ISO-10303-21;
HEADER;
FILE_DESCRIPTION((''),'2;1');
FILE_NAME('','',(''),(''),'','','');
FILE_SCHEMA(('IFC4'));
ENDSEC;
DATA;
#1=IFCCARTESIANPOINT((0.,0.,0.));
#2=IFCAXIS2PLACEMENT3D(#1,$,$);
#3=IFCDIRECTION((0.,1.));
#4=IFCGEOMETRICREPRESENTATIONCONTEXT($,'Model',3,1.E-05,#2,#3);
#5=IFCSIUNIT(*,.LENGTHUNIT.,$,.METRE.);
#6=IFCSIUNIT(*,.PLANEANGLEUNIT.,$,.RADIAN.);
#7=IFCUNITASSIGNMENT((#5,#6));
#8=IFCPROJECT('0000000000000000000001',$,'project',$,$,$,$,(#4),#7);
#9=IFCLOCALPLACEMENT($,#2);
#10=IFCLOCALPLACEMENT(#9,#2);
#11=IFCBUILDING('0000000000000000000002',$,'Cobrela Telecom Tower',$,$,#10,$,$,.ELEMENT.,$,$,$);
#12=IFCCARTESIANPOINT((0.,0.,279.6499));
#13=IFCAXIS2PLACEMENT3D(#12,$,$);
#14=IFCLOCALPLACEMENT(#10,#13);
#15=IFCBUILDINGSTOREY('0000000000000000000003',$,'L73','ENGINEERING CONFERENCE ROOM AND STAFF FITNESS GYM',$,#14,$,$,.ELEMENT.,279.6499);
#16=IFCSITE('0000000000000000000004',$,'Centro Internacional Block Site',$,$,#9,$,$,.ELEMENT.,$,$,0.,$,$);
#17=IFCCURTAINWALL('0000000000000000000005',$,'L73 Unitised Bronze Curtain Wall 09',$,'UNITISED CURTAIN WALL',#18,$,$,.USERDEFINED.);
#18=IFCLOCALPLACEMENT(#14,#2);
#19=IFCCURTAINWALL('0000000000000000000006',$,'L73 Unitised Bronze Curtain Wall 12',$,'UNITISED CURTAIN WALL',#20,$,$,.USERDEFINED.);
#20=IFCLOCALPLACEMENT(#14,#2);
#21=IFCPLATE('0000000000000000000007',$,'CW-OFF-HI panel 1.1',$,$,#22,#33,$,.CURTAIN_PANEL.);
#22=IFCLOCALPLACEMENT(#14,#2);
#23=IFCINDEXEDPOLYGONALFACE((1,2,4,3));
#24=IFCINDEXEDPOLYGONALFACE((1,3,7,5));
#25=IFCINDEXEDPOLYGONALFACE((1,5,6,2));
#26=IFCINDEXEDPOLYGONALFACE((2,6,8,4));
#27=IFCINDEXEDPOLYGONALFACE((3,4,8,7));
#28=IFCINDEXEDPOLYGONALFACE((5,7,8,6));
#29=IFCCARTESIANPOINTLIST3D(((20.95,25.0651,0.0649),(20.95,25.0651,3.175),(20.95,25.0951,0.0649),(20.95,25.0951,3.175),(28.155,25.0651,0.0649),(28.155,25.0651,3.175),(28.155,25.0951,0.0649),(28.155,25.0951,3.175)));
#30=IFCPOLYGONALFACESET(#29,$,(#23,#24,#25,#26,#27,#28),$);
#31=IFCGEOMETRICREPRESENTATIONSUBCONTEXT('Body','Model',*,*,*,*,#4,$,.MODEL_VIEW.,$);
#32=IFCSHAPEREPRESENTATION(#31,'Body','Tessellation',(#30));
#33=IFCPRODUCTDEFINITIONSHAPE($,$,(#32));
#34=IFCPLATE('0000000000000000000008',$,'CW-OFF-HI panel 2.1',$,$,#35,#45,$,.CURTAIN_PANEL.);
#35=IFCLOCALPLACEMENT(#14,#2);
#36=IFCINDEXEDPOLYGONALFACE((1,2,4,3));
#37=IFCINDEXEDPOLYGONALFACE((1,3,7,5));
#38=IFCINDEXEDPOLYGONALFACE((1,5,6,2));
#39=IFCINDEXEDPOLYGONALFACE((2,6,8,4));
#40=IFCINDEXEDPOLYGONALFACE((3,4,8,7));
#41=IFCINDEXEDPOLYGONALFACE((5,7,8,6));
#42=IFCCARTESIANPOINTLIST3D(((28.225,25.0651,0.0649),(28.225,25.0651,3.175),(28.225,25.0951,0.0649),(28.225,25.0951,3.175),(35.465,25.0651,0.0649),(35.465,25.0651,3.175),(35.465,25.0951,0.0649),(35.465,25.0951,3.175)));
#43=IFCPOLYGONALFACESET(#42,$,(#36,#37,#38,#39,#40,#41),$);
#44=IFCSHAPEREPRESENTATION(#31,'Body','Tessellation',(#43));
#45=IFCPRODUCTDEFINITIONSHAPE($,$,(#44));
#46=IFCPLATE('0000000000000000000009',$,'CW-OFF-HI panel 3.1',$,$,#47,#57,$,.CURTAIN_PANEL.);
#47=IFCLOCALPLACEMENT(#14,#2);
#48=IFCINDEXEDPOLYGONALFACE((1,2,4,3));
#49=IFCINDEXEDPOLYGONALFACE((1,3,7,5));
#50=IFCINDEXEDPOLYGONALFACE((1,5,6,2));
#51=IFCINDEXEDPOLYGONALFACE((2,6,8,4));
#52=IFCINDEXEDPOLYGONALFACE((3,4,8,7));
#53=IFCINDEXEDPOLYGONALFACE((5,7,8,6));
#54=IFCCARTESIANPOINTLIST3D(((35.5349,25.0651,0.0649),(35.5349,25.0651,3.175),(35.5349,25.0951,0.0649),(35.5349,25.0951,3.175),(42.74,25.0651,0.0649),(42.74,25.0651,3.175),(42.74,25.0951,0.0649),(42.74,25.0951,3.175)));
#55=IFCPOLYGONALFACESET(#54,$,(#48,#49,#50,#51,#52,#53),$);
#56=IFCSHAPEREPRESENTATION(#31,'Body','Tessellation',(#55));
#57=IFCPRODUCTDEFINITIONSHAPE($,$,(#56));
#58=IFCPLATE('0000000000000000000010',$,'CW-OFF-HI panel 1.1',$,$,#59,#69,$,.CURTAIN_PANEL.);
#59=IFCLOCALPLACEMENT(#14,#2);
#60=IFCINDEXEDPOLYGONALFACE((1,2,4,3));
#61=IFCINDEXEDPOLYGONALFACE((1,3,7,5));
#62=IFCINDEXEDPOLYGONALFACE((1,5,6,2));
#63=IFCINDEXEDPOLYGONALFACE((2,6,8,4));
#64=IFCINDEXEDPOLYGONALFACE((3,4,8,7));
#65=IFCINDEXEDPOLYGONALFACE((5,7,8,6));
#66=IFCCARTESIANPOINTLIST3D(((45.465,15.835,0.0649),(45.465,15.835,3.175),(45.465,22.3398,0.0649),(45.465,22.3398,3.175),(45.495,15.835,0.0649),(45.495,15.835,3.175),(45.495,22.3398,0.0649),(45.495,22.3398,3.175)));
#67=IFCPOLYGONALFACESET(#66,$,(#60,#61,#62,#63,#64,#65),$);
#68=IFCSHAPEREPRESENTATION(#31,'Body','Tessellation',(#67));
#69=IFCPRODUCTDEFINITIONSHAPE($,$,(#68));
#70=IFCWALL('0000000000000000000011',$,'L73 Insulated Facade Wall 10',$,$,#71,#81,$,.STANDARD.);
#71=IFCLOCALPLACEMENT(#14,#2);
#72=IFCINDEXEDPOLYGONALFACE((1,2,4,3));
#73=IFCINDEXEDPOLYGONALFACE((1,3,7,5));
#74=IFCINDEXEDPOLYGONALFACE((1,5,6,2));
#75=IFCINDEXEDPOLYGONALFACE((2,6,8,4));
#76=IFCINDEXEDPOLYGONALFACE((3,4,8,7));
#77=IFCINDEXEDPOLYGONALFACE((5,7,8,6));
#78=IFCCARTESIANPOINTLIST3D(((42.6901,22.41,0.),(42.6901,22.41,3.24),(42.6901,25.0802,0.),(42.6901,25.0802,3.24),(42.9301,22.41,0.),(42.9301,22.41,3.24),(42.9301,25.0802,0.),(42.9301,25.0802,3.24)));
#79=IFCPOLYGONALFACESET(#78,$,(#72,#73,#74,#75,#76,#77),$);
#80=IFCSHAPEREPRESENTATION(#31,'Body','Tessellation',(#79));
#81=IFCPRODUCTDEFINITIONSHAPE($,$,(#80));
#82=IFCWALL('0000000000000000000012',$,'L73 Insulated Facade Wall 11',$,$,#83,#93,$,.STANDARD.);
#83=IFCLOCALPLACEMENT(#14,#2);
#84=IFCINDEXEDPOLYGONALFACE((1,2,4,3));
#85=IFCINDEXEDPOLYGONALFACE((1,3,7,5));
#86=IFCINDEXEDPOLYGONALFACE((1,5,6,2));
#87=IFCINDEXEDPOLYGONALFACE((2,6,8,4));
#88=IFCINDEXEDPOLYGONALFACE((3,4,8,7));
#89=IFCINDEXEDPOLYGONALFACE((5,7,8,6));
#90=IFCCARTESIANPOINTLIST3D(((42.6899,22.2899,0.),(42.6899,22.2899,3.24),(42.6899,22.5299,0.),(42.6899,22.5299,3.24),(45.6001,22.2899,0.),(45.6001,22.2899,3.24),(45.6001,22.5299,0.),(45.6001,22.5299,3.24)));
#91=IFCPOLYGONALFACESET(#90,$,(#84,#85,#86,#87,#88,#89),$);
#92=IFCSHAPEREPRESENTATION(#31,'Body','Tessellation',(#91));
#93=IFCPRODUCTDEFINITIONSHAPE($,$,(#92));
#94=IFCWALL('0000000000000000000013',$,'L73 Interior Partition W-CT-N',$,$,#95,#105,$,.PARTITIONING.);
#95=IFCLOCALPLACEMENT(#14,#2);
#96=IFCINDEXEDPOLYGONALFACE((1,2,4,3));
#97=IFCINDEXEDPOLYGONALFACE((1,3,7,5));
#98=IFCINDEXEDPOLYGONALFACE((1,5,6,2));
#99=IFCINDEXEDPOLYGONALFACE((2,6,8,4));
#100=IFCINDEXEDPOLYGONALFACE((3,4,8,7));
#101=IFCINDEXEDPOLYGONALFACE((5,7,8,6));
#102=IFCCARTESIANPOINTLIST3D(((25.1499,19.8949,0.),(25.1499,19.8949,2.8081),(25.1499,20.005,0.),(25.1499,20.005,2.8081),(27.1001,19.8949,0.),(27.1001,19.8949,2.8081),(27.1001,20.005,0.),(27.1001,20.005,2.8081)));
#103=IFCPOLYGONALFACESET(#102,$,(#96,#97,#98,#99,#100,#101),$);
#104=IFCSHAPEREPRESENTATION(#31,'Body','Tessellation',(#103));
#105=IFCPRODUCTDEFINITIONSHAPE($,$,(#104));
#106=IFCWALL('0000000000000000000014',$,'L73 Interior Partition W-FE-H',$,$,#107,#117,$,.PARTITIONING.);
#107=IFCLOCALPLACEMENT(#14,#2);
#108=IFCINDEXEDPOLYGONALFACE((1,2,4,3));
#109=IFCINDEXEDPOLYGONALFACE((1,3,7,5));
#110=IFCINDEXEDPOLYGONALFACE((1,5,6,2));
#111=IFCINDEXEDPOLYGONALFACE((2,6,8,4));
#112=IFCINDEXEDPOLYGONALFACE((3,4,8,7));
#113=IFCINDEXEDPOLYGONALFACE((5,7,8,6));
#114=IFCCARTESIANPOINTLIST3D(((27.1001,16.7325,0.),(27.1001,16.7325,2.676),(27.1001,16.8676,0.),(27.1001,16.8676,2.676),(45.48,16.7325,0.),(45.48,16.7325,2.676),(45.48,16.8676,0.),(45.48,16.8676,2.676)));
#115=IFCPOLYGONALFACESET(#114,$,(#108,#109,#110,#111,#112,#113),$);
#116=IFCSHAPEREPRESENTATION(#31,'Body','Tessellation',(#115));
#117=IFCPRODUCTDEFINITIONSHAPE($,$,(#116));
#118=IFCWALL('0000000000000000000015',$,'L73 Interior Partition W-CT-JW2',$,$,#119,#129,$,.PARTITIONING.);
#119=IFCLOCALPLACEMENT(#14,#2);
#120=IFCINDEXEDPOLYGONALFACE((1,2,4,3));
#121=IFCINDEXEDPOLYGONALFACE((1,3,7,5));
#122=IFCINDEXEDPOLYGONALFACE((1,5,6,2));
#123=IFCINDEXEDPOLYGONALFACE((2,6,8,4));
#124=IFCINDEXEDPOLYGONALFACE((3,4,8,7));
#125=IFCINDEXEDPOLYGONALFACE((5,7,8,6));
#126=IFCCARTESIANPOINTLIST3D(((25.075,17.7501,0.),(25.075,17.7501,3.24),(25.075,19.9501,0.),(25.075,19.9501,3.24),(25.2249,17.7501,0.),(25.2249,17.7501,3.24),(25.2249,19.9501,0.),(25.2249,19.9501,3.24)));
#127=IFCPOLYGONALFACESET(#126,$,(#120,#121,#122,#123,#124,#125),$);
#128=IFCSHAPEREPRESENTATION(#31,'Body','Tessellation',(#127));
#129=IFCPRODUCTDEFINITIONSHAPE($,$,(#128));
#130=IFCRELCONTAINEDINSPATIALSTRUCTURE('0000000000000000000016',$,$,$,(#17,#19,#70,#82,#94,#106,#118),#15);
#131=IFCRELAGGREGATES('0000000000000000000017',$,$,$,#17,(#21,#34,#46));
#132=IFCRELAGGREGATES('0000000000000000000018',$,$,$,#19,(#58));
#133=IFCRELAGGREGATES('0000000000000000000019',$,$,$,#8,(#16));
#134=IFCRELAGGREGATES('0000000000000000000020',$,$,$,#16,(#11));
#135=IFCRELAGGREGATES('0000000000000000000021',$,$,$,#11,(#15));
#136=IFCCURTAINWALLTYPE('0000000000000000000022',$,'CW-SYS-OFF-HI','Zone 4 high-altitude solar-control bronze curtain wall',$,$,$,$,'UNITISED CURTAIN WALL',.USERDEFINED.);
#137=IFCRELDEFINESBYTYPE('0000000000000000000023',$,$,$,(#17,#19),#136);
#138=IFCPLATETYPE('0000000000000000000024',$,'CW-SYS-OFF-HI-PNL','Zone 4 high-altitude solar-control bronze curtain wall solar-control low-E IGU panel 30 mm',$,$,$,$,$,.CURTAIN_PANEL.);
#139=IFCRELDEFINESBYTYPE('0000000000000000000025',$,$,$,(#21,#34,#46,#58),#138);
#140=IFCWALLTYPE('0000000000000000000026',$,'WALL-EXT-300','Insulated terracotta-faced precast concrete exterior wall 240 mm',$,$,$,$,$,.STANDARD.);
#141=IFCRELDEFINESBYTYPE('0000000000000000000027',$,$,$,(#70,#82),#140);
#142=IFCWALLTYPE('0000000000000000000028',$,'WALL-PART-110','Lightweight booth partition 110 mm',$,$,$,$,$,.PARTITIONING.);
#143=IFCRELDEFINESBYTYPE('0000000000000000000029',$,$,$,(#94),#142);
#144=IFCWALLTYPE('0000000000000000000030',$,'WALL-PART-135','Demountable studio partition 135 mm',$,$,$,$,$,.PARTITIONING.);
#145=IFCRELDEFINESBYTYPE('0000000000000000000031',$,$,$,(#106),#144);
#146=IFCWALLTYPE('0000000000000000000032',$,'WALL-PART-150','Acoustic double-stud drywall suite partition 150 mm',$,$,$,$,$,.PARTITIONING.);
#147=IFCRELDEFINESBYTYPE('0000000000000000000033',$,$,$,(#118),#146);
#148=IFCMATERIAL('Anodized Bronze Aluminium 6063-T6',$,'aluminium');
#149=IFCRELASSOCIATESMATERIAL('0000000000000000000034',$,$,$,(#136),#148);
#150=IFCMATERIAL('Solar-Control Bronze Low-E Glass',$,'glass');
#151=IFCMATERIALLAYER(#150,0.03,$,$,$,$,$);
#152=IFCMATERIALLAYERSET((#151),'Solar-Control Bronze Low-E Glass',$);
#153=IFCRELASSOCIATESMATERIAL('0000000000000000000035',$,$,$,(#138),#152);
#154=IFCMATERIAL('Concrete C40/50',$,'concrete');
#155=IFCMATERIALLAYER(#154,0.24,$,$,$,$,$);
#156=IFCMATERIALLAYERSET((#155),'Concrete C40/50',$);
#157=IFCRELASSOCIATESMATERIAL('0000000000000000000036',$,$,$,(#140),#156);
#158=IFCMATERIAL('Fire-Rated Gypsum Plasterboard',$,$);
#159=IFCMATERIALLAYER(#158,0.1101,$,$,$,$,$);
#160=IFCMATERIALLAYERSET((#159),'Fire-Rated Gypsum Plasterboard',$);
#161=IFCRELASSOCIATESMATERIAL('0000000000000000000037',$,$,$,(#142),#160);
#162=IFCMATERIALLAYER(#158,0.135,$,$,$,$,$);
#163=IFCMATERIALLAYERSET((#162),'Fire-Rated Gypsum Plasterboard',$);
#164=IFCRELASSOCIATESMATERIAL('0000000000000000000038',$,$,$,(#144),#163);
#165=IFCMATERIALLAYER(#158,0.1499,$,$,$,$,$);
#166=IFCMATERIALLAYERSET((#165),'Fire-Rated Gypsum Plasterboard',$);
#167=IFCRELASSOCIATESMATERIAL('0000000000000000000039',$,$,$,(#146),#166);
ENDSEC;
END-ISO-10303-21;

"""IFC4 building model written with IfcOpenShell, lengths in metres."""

from ifc_helpers import new_model, si_unit, direction, frame, frame_2d, origin, origin_2d, place, context, subcontext, project, spatial, rectangle, extrude, material, layer, layer_set, type_object, element, aggregate, save


model = new_model("IFC4")

# Units and contexts
model_context = context("Model", 3, precision=1e-05, world=origin(), true_north=direction((0.0, 1.0)))
body_context = subcontext(model_context, "Body", "Model", "MODEL_VIEW")
ifc_project = project(units=[si_unit("LENGTHUNIT", "METRE"), si_unit("PLANEANGLEUNIT", "RADIAN")], contexts=[model_context])

# Site, building, storey
site_placement = place(None, origin())
site = spatial("IfcSite", under=ifc_project, at=site_placement, Name="Centro Internacional Block Site", CompositionType="ELEMENT", RefElevation=0.0)
building_placement = place(site_placement, origin())
building = spatial("IfcBuilding", under=site, at=building_placement, Name="Cobrela Telecom Tower", CompositionType="ELEMENT")
storey_placement = place(building_placement, frame((0.0, 0.0, 279.6499)))
storey = spatial("IfcBuildingStorey", under=building, at=storey_placement, Name="L73", Description="ENGINEERING CONFERENCE ROOM AND STAFF FITNESS GYM", CompositionType="ELEMENT", Elevation=279.6499)

# Curtain walls
ifc_material_1 = material(Name="Anodized Bronze Aluminium 6063-T6", Category="aluminium")
curtain_wall_type = type_object("IfcCurtainWallType", Name="CW-SYS-OFF-HI", Description="Zone 4 high-altitude solar-control bronze curtain wall", ElementType="UNITISED CURTAIN WALL", PredefinedType="USERDEFINED", material=ifc_material_1)
curtain_wall_1_placement = place(storey_placement, origin())
curtain_wall_1 = element("IfcCurtainWall", 1, at=curtain_wall_1_placement, inside=storey, type_object=curtain_wall_type, Name="L73 Unitised Bronze Curtain Wall 09", ObjectType="UNITISED CURTAIN WALL", PredefinedType="USERDEFINED")
curtain_wall_2_placement = place(storey_placement, origin())
curtain_wall_2 = element("IfcCurtainWall", 2, at=curtain_wall_2_placement, inside=storey, type_object=curtain_wall_type, Name="L73 Unitised Bronze Curtain Wall 12", ObjectType="UNITISED CURTAIN WALL", PredefinedType="USERDEFINED")

# Plates
ifc_material_2 = material(Name="Solar-Control Bronze Low-E Glass", Category="glass")
ifc_layer_1 = layer(ifc_material_2, 0.03)
ifc_layer_set_1 = layer_set([ifc_layer_1], Name="Solar-Control Bronze Low-E Glass")
plate_type = type_object("IfcPlateType", Name="CW-SYS-OFF-HI-PNL", Description="Zone 4 high-altitude solar-control bronze curtain wall solar-control low-E IGU panel 30 mm", PredefinedType="CURTAIN_PANEL", material=ifc_layer_set_1)
plate_1_placement = place(storey_placement, frame((24.5525, 25.0801, 0.0649), z_axis=(0.0, 0.0, 1.0), x_axis=(1.0, 0.0, 0.0)))
plate_1 = element("IfcPlate", 3, at=plate_1_placement, type_object=plate_type, Name="CW-OFF-HI panel 1.1", PredefinedType="CURTAIN_PANEL", context=body_context, shape_type="SweptSolid", body=[
    extrude(rectangle(XDim=7.2051, YDim=0.03, at=origin_2d()), origin(), (0.0, 0.0, 1.0), 3.1101),
])
plate_2_placement = place(storey_placement, frame((31.845, 25.0801, 0.0649), z_axis=(0.0, 0.0, 1.0), x_axis=(1.0, 0.0, 0.0)))
plate_2 = element("IfcPlate", 4, at=plate_2_placement, type_object=plate_type, Name="CW-OFF-HI panel 2.1", PredefinedType="CURTAIN_PANEL", context=body_context, shape_type="SweptSolid", body=[
    extrude(rectangle(XDim=7.24, YDim=0.03, at=origin_2d()), origin(), (0.0, 0.0, 1.0), 3.1101),
])
plate_3_placement = place(storey_placement, frame((39.1375, 25.0801, 0.0649), z_axis=(0.0, 0.0, 1.0), x_axis=(1.0, 0.0, 0.0)))
plate_3 = element("IfcPlate", 5, at=plate_3_placement, type_object=plate_type, Name="CW-OFF-HI panel 3.1", PredefinedType="CURTAIN_PANEL", context=body_context, shape_type="SweptSolid", body=[
    extrude(rectangle(XDim=7.2051, YDim=0.03, at=origin_2d()), origin(), (0.0, 0.0, 1.0), 3.1101),
])
aggregate(curtain_wall_1, [plate_1, plate_2, plate_3])
plate_4_placement = place(storey_placement, frame((45.48, 19.0874, 0.0649), z_axis=(0.0, 0.0, 1.0), x_axis=(0.0, -1.0, 0.0)))
plate_4 = element("IfcPlate", 6, at=plate_4_placement, type_object=plate_type, Name="CW-OFF-HI panel 1.1", PredefinedType="CURTAIN_PANEL", context=body_context, shape_type="SweptSolid", body=[
    extrude(rectangle(XDim=6.5049, YDim=0.03, at=origin_2d()), origin(), (0.0, 0.0, 1.0), 3.1101),
])
aggregate(curtain_wall_2, [plate_4])

# Walls
ifc_material_3 = material(Name="Concrete C40/50", Category="concrete")
ifc_layer_2 = layer(ifc_material_3, 0.24)
ifc_layer_set_2 = layer_set([ifc_layer_2], Name="Concrete C40/50")
wall_type_1 = type_object("IfcWallType", Name="WALL-EXT-300", Description="Insulated terracotta-faced precast concrete exterior wall 240 mm", PredefinedType="STANDARD", material=ifc_layer_set_2)
wall_1_placement = place(storey_placement, frame((42.8101, 25.0801, 0.0), z_axis=(0.0, 0.0, 1.0), x_axis=(0.0, -1.0, 0.0)))
element("IfcWall", 7, at=wall_1_placement, inside=storey, type_object=wall_type_1, Name="L73 Insulated Facade Wall 10", PredefinedType="STANDARD", context=body_context, shape_type="SweptSolid", body=[
    extrude(rectangle(XDim=2.6702, YDim=0.24, at=frame_2d((1.335, 0.0))), origin(), (0.0, 0.0, 1.0), 3.24),
])
wall_2_placement = place(storey_placement, frame((42.6899, 22.4099, 0.0), z_axis=(0.0, 0.0, 1.0), x_axis=(1.0, 0.0, 0.0)))
element("IfcWall", 8, at=wall_2_placement, inside=storey, type_object=wall_type_1, Name="L73 Insulated Facade Wall 11", PredefinedType="STANDARD", context=body_context, shape_type="SweptSolid", body=[
    extrude(rectangle(XDim=2.9102, YDim=0.24, at=frame_2d((1.4551, 0.0))), origin(), (0.0, 0.0, 1.0), 3.24),
])
ifc_material_4 = material(Name="Fire-Rated Gypsum Plasterboard")
ifc_layer_3 = layer(ifc_material_4, 0.1101)
ifc_layer_set_3 = layer_set([ifc_layer_3], Name="Fire-Rated Gypsum Plasterboard")
wall_type_2 = type_object("IfcWallType", Name="WALL-PART-110", Description="Lightweight booth partition 110 mm", PredefinedType="PARTITIONING", material=ifc_layer_set_3)
wall_3_placement = place(storey_placement, frame((25.1499, 19.95, 0.0), z_axis=(0.0, 0.0, 1.0), x_axis=(1.0, 0.0, 0.0)))
element("IfcWall", 9, at=wall_3_placement, inside=storey, type_object=wall_type_2, Name="L73 Interior Partition W-CT-N", PredefinedType="PARTITIONING", context=body_context, shape_type="SweptSolid", body=[
    extrude(rectangle(XDim=1.9502, YDim=0.1101, at=frame_2d((0.9751, 0.0))), origin(), (0.0, 0.0, 1.0), 2.8081),
])
ifc_layer_4 = layer(ifc_material_4, 0.135)
ifc_layer_set_4 = layer_set([ifc_layer_4], Name="Fire-Rated Gypsum Plasterboard")
wall_type_3 = type_object("IfcWallType", Name="WALL-PART-135", Description="Demountable studio partition 135 mm", PredefinedType="PARTITIONING", material=ifc_layer_set_4)
wall_4_placement = place(storey_placement, frame((27.1001, 16.8, 0.0), z_axis=(0.0, 0.0, 1.0), x_axis=(1.0, 0.0, 0.0)))
element("IfcWall", 10, at=wall_4_placement, inside=storey, type_object=wall_type_3, Name="L73 Interior Partition W-FE-H", PredefinedType="PARTITIONING", context=body_context, shape_type="SweptSolid", body=[
    extrude(rectangle(XDim=18.3799, YDim=0.135, at=frame_2d((9.1899, 0.0))), origin(), (0.0, 0.0, 1.0), 2.676),
])
ifc_layer_5 = layer(ifc_material_4, 0.1499)
ifc_layer_set_5 = layer_set([ifc_layer_5], Name="Fire-Rated Gypsum Plasterboard")
wall_type_4 = type_object("IfcWallType", Name="WALL-PART-150", Description="Acoustic double-stud drywall suite partition 150 mm", PredefinedType="PARTITIONING", material=ifc_layer_set_5)
wall_5_placement = place(storey_placement, frame((25.1499, 17.75, 0.0), z_axis=(0.0, 0.0, 1.0), x_axis=(0.0, 1.0, 0.0)))
element("IfcWall", 11, at=wall_5_placement, inside=storey, type_object=wall_type_4, Name="L73 Interior Partition W-CT-JW2", PredefinedType="PARTITIONING", context=body_context, shape_type="SweptSolid", body=[
    extrude(rectangle(XDim=2.2, YDim=0.1499, at=frame_2d((1.1001, 0.0))), origin(), (0.0, 0.0, 1.0), 3.24),
])

save(model, "model.ifc")
